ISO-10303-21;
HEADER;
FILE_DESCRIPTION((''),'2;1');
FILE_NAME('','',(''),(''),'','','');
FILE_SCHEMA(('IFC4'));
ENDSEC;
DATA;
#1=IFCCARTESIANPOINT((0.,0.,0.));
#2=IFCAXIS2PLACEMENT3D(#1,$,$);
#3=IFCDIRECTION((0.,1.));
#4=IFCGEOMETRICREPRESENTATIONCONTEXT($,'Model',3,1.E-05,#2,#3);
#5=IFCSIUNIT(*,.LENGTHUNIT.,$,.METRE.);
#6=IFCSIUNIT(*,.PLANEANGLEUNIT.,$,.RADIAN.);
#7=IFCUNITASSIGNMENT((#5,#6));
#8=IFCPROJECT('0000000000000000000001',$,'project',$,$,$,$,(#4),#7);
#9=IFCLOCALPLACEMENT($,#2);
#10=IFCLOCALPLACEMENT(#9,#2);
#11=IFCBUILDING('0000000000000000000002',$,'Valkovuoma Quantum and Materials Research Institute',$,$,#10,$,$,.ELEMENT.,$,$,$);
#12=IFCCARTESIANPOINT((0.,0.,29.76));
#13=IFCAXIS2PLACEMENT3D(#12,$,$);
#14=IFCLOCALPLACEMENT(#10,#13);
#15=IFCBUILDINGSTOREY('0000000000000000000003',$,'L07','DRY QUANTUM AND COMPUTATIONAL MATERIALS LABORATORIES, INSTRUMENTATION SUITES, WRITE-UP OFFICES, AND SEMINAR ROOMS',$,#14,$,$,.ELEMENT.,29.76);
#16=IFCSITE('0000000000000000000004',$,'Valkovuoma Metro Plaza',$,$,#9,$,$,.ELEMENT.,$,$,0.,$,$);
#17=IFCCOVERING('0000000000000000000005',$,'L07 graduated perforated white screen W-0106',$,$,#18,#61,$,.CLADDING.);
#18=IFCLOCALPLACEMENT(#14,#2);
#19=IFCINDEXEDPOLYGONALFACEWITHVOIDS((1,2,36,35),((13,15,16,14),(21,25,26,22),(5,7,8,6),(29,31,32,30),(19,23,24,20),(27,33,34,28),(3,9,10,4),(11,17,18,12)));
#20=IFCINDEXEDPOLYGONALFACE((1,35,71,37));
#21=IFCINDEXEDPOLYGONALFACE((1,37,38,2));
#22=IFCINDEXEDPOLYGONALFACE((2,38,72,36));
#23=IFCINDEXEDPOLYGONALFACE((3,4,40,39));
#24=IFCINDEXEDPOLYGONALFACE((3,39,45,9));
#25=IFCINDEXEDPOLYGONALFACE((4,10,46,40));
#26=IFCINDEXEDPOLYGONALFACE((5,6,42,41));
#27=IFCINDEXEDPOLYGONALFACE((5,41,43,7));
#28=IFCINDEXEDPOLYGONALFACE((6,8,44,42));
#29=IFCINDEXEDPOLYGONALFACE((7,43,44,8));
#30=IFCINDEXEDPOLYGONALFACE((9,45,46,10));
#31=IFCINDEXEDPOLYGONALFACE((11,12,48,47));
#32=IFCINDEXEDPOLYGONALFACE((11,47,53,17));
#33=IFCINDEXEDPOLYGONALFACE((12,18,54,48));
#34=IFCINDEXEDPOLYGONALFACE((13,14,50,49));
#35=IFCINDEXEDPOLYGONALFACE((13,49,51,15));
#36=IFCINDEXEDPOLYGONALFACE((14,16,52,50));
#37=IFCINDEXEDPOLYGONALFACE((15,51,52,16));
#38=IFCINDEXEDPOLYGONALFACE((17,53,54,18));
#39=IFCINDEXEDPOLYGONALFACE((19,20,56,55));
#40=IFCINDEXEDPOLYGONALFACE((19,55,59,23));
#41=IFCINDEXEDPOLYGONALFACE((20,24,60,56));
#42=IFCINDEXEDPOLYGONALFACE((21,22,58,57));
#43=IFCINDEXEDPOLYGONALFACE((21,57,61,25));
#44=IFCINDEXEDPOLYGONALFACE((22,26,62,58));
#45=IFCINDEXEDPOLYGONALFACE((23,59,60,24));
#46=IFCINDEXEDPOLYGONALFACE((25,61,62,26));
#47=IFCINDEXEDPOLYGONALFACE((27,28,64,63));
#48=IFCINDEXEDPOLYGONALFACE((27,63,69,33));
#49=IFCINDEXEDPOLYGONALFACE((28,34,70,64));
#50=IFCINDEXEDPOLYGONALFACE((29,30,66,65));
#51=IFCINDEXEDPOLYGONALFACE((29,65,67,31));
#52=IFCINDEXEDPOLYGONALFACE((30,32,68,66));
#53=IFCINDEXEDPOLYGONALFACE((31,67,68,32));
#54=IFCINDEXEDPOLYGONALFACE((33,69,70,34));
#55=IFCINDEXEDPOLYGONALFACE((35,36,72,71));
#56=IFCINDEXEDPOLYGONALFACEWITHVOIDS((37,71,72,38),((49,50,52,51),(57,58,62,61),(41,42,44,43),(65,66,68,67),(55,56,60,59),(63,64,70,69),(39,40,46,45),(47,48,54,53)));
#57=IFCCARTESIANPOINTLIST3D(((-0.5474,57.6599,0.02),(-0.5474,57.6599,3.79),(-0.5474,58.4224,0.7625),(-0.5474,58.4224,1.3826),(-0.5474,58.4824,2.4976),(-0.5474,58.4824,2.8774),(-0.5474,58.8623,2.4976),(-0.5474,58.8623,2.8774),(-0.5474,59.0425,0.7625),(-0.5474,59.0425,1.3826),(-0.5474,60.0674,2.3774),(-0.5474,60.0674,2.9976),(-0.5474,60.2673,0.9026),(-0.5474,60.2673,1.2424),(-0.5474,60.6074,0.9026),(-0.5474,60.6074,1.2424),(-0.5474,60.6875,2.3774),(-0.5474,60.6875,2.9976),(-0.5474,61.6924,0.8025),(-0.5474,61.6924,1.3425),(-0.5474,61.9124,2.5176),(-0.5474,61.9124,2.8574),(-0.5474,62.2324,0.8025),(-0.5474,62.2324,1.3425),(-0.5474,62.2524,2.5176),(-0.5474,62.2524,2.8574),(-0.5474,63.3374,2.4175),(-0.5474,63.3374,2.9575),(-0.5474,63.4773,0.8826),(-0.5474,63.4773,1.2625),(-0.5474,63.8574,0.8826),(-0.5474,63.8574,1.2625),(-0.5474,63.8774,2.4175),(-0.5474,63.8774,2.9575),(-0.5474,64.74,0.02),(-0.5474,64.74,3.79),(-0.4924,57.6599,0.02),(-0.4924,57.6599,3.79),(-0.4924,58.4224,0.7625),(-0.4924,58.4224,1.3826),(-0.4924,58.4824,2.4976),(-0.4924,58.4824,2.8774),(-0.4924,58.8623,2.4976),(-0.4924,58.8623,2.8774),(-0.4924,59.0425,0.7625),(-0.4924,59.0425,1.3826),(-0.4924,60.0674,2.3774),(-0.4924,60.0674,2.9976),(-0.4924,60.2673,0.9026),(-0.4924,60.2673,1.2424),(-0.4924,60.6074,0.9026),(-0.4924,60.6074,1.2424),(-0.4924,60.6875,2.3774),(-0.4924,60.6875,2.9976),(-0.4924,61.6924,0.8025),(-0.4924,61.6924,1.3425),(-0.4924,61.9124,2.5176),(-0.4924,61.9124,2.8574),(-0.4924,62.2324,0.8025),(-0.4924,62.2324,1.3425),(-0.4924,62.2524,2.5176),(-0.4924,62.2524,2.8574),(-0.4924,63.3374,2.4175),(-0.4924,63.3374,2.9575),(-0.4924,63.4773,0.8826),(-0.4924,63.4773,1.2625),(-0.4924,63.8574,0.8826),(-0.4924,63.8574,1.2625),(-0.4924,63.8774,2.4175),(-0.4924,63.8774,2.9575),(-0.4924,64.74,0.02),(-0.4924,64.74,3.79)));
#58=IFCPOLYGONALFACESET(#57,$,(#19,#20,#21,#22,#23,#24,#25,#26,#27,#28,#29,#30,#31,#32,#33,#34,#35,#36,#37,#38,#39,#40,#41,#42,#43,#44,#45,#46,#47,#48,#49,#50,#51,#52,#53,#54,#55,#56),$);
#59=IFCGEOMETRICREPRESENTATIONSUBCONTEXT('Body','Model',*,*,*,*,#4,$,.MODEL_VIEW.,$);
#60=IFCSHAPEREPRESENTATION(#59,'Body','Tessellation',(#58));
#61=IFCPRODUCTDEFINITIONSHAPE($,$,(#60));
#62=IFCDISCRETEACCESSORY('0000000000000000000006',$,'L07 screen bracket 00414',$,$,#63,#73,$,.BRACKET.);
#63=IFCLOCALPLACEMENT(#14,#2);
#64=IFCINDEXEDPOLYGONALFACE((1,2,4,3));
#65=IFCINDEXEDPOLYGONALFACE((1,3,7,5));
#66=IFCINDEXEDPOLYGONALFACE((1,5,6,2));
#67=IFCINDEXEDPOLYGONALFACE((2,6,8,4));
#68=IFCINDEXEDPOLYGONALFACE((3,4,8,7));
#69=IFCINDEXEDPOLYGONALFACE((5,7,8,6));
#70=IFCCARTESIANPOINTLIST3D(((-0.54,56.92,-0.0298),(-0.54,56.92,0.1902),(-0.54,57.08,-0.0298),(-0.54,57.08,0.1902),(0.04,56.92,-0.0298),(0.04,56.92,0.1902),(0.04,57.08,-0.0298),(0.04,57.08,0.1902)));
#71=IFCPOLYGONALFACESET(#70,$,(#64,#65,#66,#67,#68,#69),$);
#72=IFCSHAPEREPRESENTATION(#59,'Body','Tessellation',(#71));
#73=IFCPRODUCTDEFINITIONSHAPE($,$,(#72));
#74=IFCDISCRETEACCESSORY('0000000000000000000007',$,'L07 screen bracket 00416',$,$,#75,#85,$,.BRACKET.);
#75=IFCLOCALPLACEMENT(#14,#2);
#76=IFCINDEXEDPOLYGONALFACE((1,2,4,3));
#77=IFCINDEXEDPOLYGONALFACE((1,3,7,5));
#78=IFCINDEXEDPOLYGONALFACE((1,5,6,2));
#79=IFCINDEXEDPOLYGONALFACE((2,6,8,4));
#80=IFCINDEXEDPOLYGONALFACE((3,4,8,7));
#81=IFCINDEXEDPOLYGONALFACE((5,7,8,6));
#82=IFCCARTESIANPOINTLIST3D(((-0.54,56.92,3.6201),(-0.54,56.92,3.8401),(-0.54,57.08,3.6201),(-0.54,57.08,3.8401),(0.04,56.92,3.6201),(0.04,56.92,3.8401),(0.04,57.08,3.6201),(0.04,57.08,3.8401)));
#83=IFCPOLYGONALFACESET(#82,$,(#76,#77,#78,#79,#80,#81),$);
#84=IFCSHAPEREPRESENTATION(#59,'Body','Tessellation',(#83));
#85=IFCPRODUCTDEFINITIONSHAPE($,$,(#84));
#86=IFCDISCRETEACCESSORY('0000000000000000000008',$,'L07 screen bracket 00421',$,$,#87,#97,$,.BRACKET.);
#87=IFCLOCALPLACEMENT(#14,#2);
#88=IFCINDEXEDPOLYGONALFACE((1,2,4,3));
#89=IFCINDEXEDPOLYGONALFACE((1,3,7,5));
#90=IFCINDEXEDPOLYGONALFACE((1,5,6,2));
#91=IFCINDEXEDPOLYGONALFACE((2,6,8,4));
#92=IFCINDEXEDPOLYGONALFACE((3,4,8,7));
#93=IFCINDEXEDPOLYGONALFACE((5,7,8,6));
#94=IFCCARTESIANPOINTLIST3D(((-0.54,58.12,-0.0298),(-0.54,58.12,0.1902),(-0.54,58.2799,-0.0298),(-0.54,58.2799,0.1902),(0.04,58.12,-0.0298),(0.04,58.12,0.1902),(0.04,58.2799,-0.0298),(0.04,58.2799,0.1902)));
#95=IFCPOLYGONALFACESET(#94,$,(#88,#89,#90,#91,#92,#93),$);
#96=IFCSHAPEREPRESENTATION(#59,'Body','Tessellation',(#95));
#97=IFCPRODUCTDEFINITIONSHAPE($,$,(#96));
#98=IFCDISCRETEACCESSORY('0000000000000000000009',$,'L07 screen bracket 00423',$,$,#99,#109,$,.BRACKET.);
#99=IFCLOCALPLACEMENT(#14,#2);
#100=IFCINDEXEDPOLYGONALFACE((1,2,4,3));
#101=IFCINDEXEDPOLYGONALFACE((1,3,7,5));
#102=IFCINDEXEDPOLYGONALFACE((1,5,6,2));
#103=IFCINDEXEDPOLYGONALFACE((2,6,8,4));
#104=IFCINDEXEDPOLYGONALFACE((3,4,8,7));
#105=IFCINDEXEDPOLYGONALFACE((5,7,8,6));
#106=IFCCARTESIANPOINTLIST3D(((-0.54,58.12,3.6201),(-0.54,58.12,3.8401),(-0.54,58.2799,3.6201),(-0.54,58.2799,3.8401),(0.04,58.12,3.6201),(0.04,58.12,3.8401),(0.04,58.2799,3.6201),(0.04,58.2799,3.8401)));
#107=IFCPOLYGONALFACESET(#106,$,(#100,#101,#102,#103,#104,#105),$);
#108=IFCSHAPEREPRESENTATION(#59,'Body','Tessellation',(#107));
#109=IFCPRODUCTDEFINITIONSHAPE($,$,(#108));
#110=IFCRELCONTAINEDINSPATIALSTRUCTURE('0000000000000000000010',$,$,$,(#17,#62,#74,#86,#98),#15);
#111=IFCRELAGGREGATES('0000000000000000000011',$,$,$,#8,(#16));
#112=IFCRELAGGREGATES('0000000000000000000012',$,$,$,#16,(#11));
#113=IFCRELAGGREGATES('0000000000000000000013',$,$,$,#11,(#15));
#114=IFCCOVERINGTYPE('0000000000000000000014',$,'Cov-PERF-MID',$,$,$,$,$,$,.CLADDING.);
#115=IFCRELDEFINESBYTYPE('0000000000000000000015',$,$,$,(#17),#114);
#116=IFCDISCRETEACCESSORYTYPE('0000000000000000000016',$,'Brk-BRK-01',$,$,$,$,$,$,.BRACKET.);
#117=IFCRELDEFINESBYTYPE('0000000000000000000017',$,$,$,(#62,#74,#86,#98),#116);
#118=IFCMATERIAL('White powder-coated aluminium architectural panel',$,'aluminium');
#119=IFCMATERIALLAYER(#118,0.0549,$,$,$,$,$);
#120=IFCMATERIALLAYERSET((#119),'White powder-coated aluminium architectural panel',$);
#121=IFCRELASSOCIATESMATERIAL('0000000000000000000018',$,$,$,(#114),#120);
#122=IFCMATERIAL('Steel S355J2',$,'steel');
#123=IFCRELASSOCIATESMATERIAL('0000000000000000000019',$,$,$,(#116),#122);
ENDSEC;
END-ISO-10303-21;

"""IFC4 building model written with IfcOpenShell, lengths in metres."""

from ifc_helpers import new_model, si_unit, direction, frame, origin, origin_2d, place, context, subcontext, project, spatial, polyline, rectangle, outline, extrude, material, layer, layer_set, type_object, element, save


model = new_model("IFC4")

# Units and contexts
model_context = context("Model", 3, precision=1e-05, world=origin(), true_north=direction((0.0, 1.0)))
body_context = subcontext(model_context, "Body", "Model", "MODEL_VIEW")
ifc_project = project(units=[si_unit("LENGTHUNIT", "METRE"), si_unit("PLANEANGLEUNIT", "RADIAN")], contexts=[model_context])

# Site, building, storey
site_placement = place(None, origin())
site = spatial("IfcSite", under=ifc_project, at=site_placement, Name="Valkovuoma Metro Plaza", CompositionType="ELEMENT", RefElevation=0.0)
building_placement = place(site_placement, origin())
building = spatial("IfcBuilding", under=site, at=building_placement, Name="Valkovuoma Quantum and Materials Research Institute", CompositionType="ELEMENT")
storey_placement = place(building_placement, frame((0.0, 0.0, 29.76)))
storey = spatial("IfcBuildingStorey", under=building, at=storey_placement, Name="L07", Description="DRY QUANTUM AND COMPUTATIONAL MATERIALS LABORATORIES, INSTRUMENTATION SUITES, WRITE-UP OFFICES, AND SEMINAR ROOMS", CompositionType="ELEMENT", Elevation=29.76)

# Covering
ifc_material_1 = material(Name="White powder-coated aluminium architectural panel", Category="aluminium")
ifc_layer_1 = layer(ifc_material_1, 0.0549)
ifc_layer_set_1 = layer_set([ifc_layer_1], Name="White powder-coated aluminium architectural panel")
covering_type = type_object("IfcCoveringType", Name="Cov-PERF-MID", PredefinedType="CLADDING", material=ifc_layer_set_1)
covering_placement = place(storey_placement, frame((-0.52, 57.6599, 0.02), z_axis=(0.0, 0.0, 1.0), x_axis=(0.0, 1.0, 0.0)))
element("IfcCovering", 1, at=covering_placement, inside=storey, type_object=covering_type, Name="L07 graduated perforated white screen W-0106", PredefinedType="CLADDING", context=body_context, shape_type="SweptSolid", body=[
    extrude(outline(polyline([(0.0, 0.0), (7.0801, 0.0), (7.0801, 3.77), (0.0, 3.77), (0.0, 0.0)]), holes=[polyline([(0.7625, 0.7424), (0.7625, 1.3625), (1.3826, 1.3625), (1.3826, 0.7424), (0.7625, 0.7424)]), polyline([(0.8225, 2.4775), (0.8225, 2.8574), (1.2024, 2.8574), (1.2024, 2.4775), (0.8225, 2.4775)]), polyline([(2.6074, 0.8826), (2.6074, 1.2224), (2.9475, 1.2224), (2.9475, 0.8826), (2.6074, 0.8826)]), polyline([(2.4075, 2.3574), (2.4075, 2.9775), (3.0276, 2.9775), (3.0276, 2.3574), (2.4075, 2.3574)]), polyline([(4.0325, 0.7825), (4.0325, 1.3225), (4.5725, 1.3225), (4.5725, 0.7825), (4.0325, 0.7825)]), polyline([(4.2524, 2.4976), (4.2524, 2.8374), (4.5925, 2.8374), (4.5925, 2.4976), (4.2524, 2.4976)]), polyline([(5.8174, 0.8625), (5.8174, 1.2424), (6.1975, 1.2424), (6.1975, 0.8625), (5.8174, 0.8625)]), polyline([(5.6775, 2.3975), (5.6775, 2.9375), (6.2175, 2.9375), (6.2175, 2.3975), (5.6775, 2.3975)])]), frame((0.0, 0.0273, 0.0), z_axis=(0.0, -1.0, 0.0), x_axis=(1.0, 0.0, 0.0)), (0.0, 0.0, 1.0), 0.0549),
])

# Discrete accessories
ifc_material_2 = material(Name="Steel S355J2", Category="steel")
discrete_accessory_type = type_object("IfcDiscreteAccessoryType", Name="Brk-BRK-01", PredefinedType="BRACKET", material=ifc_material_2)
for number, where, z_axis, x_axis, name in (
    (2, (-0.25, 57.0, -0.0298), (0.0, 0.0, 1.0), (1.0, 0.0, 0.0), "L07 screen bracket 00414"),
    (3, (-0.25, 57.0, 3.6201), (0.0, 0.0, 1.0), (1.0, 0.0, 0.0), "L07 screen bracket 00416"),
    (4, (-0.25, 58.2, -0.0298), (0.0, 0.0, 1.0), (1.0, 0.0, 0.0), "L07 screen bracket 00421"),
    (5, (-0.25, 58.2, 3.6201), (0.0, 0.0, 1.0), (1.0, 0.0, 0.0), "L07 screen bracket 00423"),
):
    element("IfcDiscreteAccessory", number, at=place(storey_placement, frame(where, z_axis=z_axis, x_axis=x_axis)), inside=storey, type_object=discrete_accessory_type, Name=name, PredefinedType="BRACKET", context=body_context, shape_type="SweptSolid", body=[
        extrude(rectangle(XDim=0.5801, YDim=0.1599, at=origin_2d()), origin(), (0.0, 0.0, 1.0), 0.22),
    ])

save(model, "model.ifc")
